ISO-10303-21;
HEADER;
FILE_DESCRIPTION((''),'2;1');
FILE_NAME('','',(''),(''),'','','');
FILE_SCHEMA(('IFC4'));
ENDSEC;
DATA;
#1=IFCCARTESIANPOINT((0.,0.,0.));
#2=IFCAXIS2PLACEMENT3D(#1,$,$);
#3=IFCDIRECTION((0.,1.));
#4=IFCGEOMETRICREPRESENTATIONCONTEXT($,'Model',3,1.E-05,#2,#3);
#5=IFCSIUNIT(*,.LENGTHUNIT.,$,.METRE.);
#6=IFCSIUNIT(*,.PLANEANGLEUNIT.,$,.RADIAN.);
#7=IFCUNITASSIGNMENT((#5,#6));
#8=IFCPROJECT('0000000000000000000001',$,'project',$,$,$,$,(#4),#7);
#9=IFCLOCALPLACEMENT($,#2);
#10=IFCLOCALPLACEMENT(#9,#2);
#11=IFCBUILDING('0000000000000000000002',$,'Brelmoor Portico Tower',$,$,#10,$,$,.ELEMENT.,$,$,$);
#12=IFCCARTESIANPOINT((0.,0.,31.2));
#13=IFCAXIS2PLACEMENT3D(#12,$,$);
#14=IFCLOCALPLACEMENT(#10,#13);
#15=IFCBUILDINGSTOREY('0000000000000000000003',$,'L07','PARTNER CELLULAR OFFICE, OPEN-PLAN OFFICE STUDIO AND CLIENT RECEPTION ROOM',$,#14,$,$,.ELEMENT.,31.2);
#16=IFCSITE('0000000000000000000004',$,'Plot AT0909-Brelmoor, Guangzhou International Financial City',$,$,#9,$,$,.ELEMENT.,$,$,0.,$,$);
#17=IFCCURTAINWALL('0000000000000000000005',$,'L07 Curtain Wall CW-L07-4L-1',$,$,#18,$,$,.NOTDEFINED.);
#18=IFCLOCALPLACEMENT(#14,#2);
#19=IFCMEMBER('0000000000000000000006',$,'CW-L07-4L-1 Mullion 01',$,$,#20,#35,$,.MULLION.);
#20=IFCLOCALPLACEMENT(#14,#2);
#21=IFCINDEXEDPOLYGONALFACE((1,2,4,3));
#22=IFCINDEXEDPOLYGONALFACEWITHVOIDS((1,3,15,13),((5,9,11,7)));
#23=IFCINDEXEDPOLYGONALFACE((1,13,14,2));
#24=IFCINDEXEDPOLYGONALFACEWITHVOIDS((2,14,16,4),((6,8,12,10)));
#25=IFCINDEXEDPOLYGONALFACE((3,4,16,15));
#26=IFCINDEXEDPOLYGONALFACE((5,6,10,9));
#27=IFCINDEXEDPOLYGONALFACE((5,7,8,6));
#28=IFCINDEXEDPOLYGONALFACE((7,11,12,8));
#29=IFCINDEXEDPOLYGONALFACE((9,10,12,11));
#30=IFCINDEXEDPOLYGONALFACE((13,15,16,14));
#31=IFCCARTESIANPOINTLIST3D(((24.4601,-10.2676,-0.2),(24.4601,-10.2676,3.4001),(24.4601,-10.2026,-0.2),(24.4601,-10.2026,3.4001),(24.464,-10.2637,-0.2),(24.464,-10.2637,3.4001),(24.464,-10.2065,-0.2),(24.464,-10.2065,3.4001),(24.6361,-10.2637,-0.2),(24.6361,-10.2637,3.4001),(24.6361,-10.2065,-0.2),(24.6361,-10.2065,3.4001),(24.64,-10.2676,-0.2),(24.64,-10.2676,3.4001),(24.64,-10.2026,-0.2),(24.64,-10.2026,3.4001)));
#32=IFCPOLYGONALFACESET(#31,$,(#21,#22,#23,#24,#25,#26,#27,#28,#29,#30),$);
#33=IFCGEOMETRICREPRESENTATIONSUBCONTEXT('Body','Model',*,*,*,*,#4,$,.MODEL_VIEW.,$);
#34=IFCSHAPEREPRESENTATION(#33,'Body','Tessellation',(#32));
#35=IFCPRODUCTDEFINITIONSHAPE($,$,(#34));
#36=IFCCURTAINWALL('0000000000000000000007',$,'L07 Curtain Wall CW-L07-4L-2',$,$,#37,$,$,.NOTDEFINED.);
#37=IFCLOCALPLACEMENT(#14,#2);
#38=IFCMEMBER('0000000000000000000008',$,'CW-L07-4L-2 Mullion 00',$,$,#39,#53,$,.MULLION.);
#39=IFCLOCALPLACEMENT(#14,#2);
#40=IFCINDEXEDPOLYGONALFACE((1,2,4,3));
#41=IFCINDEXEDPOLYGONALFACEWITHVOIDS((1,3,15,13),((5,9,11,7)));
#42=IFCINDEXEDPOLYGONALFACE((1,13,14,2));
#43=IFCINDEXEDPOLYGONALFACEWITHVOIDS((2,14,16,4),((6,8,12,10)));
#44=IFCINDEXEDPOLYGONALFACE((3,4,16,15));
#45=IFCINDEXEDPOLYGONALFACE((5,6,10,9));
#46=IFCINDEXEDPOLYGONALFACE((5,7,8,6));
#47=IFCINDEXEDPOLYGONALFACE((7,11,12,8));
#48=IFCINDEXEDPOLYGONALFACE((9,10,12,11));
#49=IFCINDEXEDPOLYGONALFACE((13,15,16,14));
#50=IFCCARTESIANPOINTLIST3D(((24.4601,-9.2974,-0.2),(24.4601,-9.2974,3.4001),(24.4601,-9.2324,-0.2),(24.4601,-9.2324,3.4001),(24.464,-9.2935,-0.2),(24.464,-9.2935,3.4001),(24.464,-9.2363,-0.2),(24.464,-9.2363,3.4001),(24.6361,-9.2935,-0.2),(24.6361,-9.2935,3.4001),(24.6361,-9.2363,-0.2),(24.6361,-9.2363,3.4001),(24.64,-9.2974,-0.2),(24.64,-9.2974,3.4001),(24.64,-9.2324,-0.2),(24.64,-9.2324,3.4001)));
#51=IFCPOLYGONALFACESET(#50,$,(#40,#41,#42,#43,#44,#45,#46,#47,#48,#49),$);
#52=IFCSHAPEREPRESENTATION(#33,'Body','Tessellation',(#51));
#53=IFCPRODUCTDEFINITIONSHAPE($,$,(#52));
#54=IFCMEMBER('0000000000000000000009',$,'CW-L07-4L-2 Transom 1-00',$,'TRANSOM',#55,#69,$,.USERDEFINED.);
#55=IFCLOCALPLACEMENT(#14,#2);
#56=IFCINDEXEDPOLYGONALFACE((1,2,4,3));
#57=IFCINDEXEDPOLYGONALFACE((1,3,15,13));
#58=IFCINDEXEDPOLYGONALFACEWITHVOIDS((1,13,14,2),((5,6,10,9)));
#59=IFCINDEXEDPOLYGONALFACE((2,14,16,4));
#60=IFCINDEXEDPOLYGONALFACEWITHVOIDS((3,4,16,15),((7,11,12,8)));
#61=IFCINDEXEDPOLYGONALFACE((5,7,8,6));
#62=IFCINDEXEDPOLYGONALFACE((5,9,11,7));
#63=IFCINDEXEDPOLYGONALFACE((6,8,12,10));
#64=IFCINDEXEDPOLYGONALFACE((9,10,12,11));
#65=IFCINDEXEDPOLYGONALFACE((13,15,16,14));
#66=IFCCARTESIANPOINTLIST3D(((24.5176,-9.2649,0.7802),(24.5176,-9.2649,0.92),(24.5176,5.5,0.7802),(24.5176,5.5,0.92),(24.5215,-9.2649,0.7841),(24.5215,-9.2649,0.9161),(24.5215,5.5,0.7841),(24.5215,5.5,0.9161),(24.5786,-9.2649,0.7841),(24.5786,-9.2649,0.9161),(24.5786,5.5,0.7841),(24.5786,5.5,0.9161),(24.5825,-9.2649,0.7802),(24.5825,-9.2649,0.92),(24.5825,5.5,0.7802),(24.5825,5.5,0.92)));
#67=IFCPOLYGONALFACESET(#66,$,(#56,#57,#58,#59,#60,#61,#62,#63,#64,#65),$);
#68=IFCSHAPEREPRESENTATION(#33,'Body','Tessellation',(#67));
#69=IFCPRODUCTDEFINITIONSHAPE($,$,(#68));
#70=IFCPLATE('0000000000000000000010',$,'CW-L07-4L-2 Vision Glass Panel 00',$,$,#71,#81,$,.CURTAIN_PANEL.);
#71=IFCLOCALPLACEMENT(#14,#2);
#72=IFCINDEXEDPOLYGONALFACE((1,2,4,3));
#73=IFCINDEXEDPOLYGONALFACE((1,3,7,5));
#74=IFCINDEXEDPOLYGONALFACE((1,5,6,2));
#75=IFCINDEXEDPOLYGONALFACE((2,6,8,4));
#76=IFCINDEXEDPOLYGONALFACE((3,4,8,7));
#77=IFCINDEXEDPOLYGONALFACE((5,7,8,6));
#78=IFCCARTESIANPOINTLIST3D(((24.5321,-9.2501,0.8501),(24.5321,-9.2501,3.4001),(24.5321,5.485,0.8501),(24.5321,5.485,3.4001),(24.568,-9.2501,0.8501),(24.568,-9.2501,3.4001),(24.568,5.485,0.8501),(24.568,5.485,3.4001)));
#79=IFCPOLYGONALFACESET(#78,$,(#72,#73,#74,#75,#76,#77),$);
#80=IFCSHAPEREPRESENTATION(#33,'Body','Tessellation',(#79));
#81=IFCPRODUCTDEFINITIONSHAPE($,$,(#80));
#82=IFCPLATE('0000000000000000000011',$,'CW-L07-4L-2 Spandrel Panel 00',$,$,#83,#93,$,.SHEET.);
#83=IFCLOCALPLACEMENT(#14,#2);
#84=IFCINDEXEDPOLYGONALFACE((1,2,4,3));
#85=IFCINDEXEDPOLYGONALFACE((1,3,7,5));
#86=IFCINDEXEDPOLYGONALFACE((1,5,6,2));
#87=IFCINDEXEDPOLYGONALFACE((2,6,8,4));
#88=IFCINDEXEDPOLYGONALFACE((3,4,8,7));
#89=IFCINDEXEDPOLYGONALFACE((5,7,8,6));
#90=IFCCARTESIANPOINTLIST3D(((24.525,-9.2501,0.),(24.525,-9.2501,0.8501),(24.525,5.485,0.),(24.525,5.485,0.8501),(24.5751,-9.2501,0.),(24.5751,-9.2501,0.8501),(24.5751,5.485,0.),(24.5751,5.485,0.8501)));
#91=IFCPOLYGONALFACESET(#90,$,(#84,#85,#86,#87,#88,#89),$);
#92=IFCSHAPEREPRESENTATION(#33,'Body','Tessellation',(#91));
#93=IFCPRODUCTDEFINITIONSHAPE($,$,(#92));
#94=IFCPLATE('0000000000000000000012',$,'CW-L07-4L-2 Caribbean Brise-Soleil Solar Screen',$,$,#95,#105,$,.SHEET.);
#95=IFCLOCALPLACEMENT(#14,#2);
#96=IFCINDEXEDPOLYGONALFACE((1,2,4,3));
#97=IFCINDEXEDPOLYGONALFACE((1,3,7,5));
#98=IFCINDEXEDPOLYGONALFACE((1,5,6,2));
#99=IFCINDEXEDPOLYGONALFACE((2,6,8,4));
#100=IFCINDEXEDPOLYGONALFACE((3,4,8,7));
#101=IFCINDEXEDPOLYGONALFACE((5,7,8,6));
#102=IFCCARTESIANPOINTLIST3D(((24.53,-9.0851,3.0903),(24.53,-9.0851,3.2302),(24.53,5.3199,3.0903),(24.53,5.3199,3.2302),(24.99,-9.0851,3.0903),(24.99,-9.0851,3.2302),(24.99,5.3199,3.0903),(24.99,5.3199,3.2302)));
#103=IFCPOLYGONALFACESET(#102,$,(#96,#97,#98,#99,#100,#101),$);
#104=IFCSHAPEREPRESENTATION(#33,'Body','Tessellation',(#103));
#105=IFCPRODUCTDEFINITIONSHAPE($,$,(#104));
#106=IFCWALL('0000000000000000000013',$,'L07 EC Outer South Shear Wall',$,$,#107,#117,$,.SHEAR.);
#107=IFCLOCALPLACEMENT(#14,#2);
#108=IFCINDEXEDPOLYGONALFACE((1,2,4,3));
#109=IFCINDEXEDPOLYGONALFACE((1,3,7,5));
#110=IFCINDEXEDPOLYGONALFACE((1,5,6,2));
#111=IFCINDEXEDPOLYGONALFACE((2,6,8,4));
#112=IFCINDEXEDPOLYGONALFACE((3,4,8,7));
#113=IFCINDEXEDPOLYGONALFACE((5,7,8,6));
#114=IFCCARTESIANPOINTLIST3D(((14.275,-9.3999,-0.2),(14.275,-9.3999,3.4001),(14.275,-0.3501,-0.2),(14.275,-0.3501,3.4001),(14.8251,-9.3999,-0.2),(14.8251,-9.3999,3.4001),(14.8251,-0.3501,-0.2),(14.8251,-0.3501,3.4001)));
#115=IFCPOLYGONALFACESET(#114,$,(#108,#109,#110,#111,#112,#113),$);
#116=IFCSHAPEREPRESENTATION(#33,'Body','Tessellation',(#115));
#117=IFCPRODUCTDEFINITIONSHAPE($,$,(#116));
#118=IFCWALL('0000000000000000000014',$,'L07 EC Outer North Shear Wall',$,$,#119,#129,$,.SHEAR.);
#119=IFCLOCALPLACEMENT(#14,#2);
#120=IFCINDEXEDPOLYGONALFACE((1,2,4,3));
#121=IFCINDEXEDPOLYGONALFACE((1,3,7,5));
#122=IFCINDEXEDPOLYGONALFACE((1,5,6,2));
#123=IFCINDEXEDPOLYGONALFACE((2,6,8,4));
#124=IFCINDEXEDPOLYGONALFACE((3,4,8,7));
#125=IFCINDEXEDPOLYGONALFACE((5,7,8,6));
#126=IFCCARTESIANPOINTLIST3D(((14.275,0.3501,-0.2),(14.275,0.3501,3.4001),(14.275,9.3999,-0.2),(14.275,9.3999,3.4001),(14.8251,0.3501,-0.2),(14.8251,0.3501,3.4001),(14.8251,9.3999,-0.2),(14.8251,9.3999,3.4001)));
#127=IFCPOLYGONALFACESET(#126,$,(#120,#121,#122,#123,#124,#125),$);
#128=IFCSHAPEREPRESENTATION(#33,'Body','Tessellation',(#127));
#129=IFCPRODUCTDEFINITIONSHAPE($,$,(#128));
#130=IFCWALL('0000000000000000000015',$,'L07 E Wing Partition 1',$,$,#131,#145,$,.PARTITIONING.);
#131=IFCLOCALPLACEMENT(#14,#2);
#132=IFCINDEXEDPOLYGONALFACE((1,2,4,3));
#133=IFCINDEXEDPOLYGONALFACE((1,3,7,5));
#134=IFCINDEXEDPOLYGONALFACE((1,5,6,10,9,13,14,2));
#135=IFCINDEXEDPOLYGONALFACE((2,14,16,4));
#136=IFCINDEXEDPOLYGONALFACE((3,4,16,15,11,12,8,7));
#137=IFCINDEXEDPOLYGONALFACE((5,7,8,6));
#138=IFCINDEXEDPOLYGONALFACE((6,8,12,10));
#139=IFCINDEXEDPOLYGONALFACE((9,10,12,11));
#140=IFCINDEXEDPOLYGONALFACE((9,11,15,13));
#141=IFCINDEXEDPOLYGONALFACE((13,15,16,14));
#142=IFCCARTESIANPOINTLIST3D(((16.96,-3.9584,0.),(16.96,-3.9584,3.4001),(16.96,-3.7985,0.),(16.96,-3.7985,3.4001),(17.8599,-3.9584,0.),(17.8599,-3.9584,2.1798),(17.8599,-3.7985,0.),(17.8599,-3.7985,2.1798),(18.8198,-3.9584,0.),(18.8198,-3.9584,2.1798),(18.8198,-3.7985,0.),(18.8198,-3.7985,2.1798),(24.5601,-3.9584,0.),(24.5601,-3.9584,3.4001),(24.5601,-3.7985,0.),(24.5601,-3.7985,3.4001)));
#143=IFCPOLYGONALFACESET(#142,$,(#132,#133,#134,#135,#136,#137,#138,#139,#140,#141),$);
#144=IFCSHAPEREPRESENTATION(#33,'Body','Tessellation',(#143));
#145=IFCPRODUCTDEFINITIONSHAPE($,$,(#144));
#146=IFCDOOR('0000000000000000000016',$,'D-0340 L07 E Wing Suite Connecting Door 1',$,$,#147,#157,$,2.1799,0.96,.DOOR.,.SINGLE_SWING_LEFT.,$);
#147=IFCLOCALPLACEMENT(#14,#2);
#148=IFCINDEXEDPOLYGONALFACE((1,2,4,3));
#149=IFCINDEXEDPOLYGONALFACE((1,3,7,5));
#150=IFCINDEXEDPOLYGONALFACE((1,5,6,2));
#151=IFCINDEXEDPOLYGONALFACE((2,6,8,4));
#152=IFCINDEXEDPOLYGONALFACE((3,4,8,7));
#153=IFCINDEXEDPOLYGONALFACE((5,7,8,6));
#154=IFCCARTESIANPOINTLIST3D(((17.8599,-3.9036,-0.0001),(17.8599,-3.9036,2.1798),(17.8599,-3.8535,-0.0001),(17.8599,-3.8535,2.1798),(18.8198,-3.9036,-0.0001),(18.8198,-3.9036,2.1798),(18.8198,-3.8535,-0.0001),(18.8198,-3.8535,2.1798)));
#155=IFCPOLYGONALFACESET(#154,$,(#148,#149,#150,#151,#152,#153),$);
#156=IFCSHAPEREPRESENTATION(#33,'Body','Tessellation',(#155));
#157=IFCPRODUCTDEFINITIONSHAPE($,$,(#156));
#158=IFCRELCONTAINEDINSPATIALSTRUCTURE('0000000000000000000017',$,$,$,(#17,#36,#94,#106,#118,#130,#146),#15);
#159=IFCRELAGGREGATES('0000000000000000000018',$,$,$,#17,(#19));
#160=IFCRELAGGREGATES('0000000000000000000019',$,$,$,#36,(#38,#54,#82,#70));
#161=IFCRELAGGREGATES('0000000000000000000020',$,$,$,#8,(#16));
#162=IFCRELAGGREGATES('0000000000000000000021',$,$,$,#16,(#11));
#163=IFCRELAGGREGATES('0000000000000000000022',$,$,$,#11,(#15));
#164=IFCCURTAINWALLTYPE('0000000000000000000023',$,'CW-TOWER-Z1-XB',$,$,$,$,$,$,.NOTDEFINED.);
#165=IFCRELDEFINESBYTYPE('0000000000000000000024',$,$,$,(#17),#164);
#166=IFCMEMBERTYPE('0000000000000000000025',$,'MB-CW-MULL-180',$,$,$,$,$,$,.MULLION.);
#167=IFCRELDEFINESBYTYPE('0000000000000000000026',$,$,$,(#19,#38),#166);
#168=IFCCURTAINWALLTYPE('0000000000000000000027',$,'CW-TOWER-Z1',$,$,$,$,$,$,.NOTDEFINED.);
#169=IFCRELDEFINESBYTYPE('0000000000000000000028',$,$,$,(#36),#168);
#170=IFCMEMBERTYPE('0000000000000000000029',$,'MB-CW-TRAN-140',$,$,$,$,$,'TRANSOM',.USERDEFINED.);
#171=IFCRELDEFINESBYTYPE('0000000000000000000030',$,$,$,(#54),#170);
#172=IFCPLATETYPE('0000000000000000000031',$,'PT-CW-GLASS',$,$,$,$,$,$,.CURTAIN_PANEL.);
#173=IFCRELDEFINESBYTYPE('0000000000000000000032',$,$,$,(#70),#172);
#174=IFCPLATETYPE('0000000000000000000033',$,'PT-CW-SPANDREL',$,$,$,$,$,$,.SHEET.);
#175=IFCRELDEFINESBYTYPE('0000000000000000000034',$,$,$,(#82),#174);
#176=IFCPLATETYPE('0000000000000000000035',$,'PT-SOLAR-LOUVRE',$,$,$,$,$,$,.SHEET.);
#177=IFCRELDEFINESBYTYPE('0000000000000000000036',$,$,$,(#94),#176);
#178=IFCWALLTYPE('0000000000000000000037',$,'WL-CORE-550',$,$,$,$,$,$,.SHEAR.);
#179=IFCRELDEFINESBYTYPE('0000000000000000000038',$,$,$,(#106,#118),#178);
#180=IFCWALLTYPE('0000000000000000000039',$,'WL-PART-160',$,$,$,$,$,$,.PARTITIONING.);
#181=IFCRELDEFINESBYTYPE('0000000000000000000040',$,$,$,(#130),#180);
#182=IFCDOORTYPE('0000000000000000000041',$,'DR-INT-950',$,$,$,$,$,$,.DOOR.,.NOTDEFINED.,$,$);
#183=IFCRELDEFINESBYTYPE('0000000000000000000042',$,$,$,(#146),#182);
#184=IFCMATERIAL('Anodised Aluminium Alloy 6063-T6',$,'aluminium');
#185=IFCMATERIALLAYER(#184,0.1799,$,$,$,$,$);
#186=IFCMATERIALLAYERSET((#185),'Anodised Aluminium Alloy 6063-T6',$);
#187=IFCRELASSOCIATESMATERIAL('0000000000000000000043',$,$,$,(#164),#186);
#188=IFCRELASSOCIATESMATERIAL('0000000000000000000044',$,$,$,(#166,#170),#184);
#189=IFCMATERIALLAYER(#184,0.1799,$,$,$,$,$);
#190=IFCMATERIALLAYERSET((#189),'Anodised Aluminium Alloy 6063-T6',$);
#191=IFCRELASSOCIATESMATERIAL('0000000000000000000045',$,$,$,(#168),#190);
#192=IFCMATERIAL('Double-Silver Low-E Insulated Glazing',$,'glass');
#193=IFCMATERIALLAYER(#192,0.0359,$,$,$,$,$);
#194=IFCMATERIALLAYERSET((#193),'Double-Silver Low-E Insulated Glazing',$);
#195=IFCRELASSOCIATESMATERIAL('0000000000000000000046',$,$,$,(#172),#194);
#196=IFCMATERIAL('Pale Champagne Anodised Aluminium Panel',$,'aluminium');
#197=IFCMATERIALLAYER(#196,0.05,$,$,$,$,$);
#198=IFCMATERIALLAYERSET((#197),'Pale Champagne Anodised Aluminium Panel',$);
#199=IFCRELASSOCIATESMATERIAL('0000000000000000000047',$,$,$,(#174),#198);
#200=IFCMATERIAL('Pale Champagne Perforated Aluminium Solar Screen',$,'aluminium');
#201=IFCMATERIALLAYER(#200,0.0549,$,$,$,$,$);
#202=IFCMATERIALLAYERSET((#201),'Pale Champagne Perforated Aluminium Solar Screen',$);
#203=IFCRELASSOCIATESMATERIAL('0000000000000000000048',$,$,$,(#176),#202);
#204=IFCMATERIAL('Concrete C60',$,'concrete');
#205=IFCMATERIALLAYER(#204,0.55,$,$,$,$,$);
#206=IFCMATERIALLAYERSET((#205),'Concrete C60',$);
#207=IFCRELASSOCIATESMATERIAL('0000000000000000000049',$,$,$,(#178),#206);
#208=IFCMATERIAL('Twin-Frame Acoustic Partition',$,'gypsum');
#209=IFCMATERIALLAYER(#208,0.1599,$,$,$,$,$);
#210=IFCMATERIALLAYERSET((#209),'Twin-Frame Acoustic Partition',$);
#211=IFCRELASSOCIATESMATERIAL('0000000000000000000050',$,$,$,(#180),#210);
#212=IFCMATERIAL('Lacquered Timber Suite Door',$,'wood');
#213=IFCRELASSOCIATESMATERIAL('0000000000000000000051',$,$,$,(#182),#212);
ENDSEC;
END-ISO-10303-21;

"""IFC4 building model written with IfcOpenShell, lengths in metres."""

from ifc_helpers import new_model, si_unit, direction, frame, frame_2d, origin, origin_2d, place, context, subcontext, project, spatial, rectangle, hollow_rectangle, extrude, material, layer, layer_set, material_profile, profile_set, type_object, element, fill, aggregate, save


model = new_model("IFC4")

# Units and contexts
model_context = context("Model", 3, precision=1e-05, world=origin(), true_north=direction((0.0, 1.0)))
body_context = subcontext(model_context, "Body", "Model", "MODEL_VIEW")
ifc_project = project(units=[si_unit("LENGTHUNIT", "METRE"), si_unit("PLANEANGLEUNIT", "RADIAN")], contexts=[model_context])

# Site, building, storey
site_placement = place(None, origin())
site = spatial("IfcSite", under=ifc_project, at=site_placement, Name="Plot AT0909-Brelmoor, Guangzhou International Financial City", CompositionType="ELEMENT", RefElevation=0.0)
building_placement = place(site_placement, origin())
building = spatial("IfcBuilding", under=site, at=building_placement, Name="Brelmoor Portico Tower", CompositionType="ELEMENT")
storey_placement = place(building_placement, frame((0.0, 0.0, 31.2)))
storey = spatial("IfcBuildingStorey", under=building, at=storey_placement, Name="L07", Description="PARTNER CELLULAR OFFICE, OPEN-PLAN OFFICE STUDIO AND CLIENT RECEPTION ROOM", CompositionType="ELEMENT", Elevation=31.2)

# Curtain wall, member
ifc_material_1 = material(Name="Anodised Aluminium Alloy 6063-T6", Category="aluminium")
ifc_layer_1 = layer(ifc_material_1, 0.1799)
ifc_layer_set_1 = layer_set([ifc_layer_1], Name="Anodised Aluminium Alloy 6063-T6")
curtain_wall_type_1 = type_object("IfcCurtainWallType", Name="CW-TOWER-Z1-XB", PredefinedType="NOTDEFINED", material=ifc_layer_set_1)
curtain_wall_1_placement = place(storey_placement, origin())
curtain_wall_1 = element("IfcCurtainWall", 1, at=curtain_wall_1_placement, inside=storey, type_object=curtain_wall_type_1, Name="L07 Curtain Wall CW-L07-4L-1", PredefinedType="NOTDEFINED")
ifc_material_profile_1 = material_profile(ifc_material_1, hollow_rectangle(XDim=0.0649, YDim=0.1799, WallThickness=0.0039, at=origin_2d()), Name="ALU MULLION 65x180")
ifc_profile_set_1 = profile_set([ifc_material_profile_1], Name="Anodised Aluminium Alloy 6063-T6")
member_type_1 = type_object("IfcMemberType", Name="MB-CW-MULL-180", PredefinedType="MULLION", material=ifc_profile_set_1)
member_1_placement = place(storey_placement, frame((24.55, -10.2351, -0.2), z_axis=(0.0, 0.0, 1.0), x_axis=(0.0, 1.0, 0.0)))
member_1 = element("IfcMember", 2, at=member_1_placement, type_object=member_type_1, Name="CW-L07-4L-1 Mullion 01", PredefinedType="MULLION", context=body_context, shape_type="SweptSolid", body=[
    extrude(hollow_rectangle(XDim=0.0649, YDim=0.1799, WallThickness=0.0039, at=origin_2d()), origin(), (0.0, 0.0, 1.0), 3.6001),
])
aggregate(curtain_wall_1, [member_1])

# Curtain wall, members, plates
ifc_layer_2 = layer(ifc_material_1, 0.1799)
ifc_layer_set_2 = layer_set([ifc_layer_2], Name="Anodised Aluminium Alloy 6063-T6")
curtain_wall_type_2 = type_object("IfcCurtainWallType", Name="CW-TOWER-Z1", PredefinedType="NOTDEFINED", material=ifc_layer_set_2)
curtain_wall_2_placement = place(storey_placement, origin())
curtain_wall_2 = element("IfcCurtainWall", 3, at=curtain_wall_2_placement, inside=storey, type_object=curtain_wall_type_2, Name="L07 Curtain Wall CW-L07-4L-2", PredefinedType="NOTDEFINED")
member_2_placement = place(storey_placement, frame((24.55, -9.2649, -0.2), z_axis=(0.0, 0.0, 1.0), x_axis=(0.0, 1.0, 0.0)))
member_2 = element("IfcMember", 4, at=member_2_placement, type_object=member_type_1, Name="CW-L07-4L-2 Mullion 00", PredefinedType="MULLION", context=body_context, shape_type="SweptSolid", body=[
    extrude(hollow_rectangle(XDim=0.0649, YDim=0.1799, WallThickness=0.0039, at=origin_2d()), origin(), (0.0, 0.0, 1.0), 3.6001),
])
ifc_material_profile_2 = material_profile(ifc_material_1, hollow_rectangle(XDim=0.0649, YDim=0.1399, WallThickness=0.0039, at=origin_2d()), Name="ALU TRANSOM 65x140")
ifc_profile_set_2 = profile_set([ifc_material_profile_2], Name="Anodised Aluminium Alloy 6063-T6")
member_type_2 = type_object("IfcMemberType", Name="MB-CW-TRAN-140", ElementType="TRANSOM", PredefinedType="USERDEFINED", material=ifc_profile_set_2)
member_3_placement = place(storey_placement, frame((24.55, -9.2649, 0.8501), z_axis=(0.0, 1.0, 0.0), x_axis=(-1.0, 0.0, 0.0)))
member_3 = element("IfcMember", 5, at=member_3_placement, type_object=member_type_2, Name="CW-L07-4L-2 Transom 1-00", ObjectType="TRANSOM", PredefinedType="USERDEFINED", context=body_context, shape_type="SweptSolid", body=[
    extrude(hollow_rectangle(XDim=0.0649, YDim=0.1399, WallThickness=0.0039, at=origin_2d()), origin(), (0.0, 0.0, 1.0), 14.7649),
])
ifc_material_2 = material(Name="Double-Silver Low-E Insulated Glazing", Category="glass")
ifc_layer_3 = layer(ifc_material_2, 0.0359)
ifc_layer_set_3 = layer_set([ifc_layer_3], Name="Double-Silver Low-E Insulated Glazing")
plate_type_1 = type_object("IfcPlateType", Name="PT-CW-GLASS", PredefinedType="CURTAIN_PANEL", material=ifc_layer_set_3)
plate_1_placement = place(storey_placement, frame((24.55, -1.8826, 0.8501), z_axis=(0.0, 0.0, 1.0), x_axis=(0.0, 1.0, 0.0)))
plate_1 = element("IfcPlate", 6, at=plate_1_placement, type_object=plate_type_1, Name="CW-L07-4L-2 Vision Glass Panel 00", PredefinedType="CURTAIN_PANEL", context=body_context, shape_type="SweptSolid", body=[
    extrude(rectangle(XDim=14.7351, YDim=0.0359, at=origin_2d()), origin(), (0.0, 0.0, 1.0), 2.55),
])
ifc_material_3 = material(Name="Pale Champagne Anodised Aluminium Panel", Category="aluminium")
ifc_layer_4 = layer(ifc_material_3, 0.05)
ifc_layer_set_4 = layer_set([ifc_layer_4], Name="Pale Champagne Anodised Aluminium Panel")
plate_type_2 = type_object("IfcPlateType", Name="PT-CW-SPANDREL", PredefinedType="SHEET", material=ifc_layer_set_4)
plate_2_placement = place(storey_placement, frame((24.55, -1.8826, 0.0), z_axis=(0.0, 0.0, 1.0), x_axis=(0.0, 1.0, 0.0)))
plate_2 = element("IfcPlate", 7, at=plate_2_placement, type_object=plate_type_2, Name="CW-L07-4L-2 Spandrel Panel 00", PredefinedType="SHEET", context=body_context, shape_type="SweptSolid", body=[
    extrude(rectangle(XDim=14.7351, YDim=0.05, at=origin_2d()), origin(), (0.0, 0.0, 1.0), 0.8501),
])
aggregate(curtain_wall_2, [member_2, member_3, plate_2, plate_1])

# Plate
ifc_material_4 = material(Name="Pale Champagne Perforated Aluminium Solar Screen", Category="aluminium")
ifc_layer_5 = layer(ifc_material_4, 0.0549)
ifc_layer_set_5 = layer_set([ifc_layer_5], Name="Pale Champagne Perforated Aluminium Solar Screen")
plate_type_3 = type_object("IfcPlateType", Name="PT-SOLAR-LOUVRE", PredefinedType="SHEET", material=ifc_layer_set_5)
plate_3_placement = place(storey_placement, frame((24.76, -1.8826, 3.0903), z_axis=(0.0, 0.0, 1.0), x_axis=(0.0, 1.0, 0.0)))
element("IfcPlate", 8, at=plate_3_placement, inside=storey, type_object=plate_type_3, Name="CW-L07-4L-2 Caribbean Brise-Soleil Solar Screen", PredefinedType="SHEET", context=body_context, shape_type="SweptSolid", body=[
    extrude(rectangle(XDim=14.405, YDim=0.46, at=origin_2d()), origin(), (0.0, 0.0, 1.0), 0.1399),
])

# Walls
ifc_material_5 = material(Name="Concrete C60", Category="concrete")
ifc_layer_6 = layer(ifc_material_5, 0.55)
ifc_layer_set_6 = layer_set([ifc_layer_6], Name="Concrete C60")
wall_type_1 = type_object("IfcWallType", Name="WL-CORE-550", PredefinedType="SHEAR", material=ifc_layer_set_6)
for number, where, z_axis, x_axis, name in (
    (9, (14.55, -9.3999, -0.2), (0.0, 0.0, 1.0), (0.0, 1.0, 0.0), "L07 EC Outer South Shear Wall"),
    (10, (14.55, 0.3501, -0.2), (0.0, 0.0, 1.0), (0.0, 1.0, 0.0), "L07 EC Outer North Shear Wall"),
):
    element("IfcWall", number, at=place(storey_placement, frame(where, z_axis=z_axis, x_axis=x_axis)), inside=storey, type_object=wall_type_1, Name=name, PredefinedType="SHEAR", context=body_context, shape_type="SweptSolid", body=[
        extrude(rectangle(XDim=9.0498, YDim=0.55, at=frame_2d((4.5249, 0.0))), origin(), (0.0, 0.0, 1.0), 3.6001),
    ])

# Wall, opening, door
ifc_material_6 = material(Name="Twin-Frame Acoustic Partition", Category="gypsum")
ifc_layer_7 = layer(ifc_material_6, 0.1599)
ifc_layer_set_7 = layer_set([ifc_layer_7], Name="Twin-Frame Acoustic Partition")
wall_type_2 = type_object("IfcWallType", Name="WL-PART-160", PredefinedType="PARTITIONING", material=ifc_layer_set_7)
wall_1_placement = place(storey_placement, frame((16.96, -3.8784, 0.0), z_axis=(0.0, 0.0, 1.0), x_axis=(1.0, 0.0, 0.0)))
wall_1 = element("IfcWall", 11, at=wall_1_placement, inside=storey, type_object=wall_type_2, Name="L07 E Wing Partition 1", PredefinedType="PARTITIONING", context=body_context, shape_type="SweptSolid", body=[
    extrude(rectangle(XDim=7.6001, YDim=0.1599, at=frame_2d((3.8, 0.0))), origin(), (0.0, 0.0, 1.0), 3.4001),
])
opening_1_placement = place(wall_1_placement, frame((0.8999, 0.0, 0.0)))
opening_1 = element("IfcOpeningElement", 12, at=opening_1_placement, cuts=wall_1, PredefinedType="OPENING", context=body_context, shape_type="SweptSolid", body=[
    extrude(rectangle(XDim=0.96, YDim=2.1799, at=frame_2d((0.48, 1.0898))), frame((0.0, 0.0898, 0.0), z_axis=(0.0, -1.0, 0.0), x_axis=(1.0, 0.0, 0.0)), (0.0, 0.0, 1.0), 0.1799),
])
ifc_material_7 = material(Name="Lacquered Timber Suite Door", Category="wood")
door_type_1 = type_object("IfcDoorType", Name="DR-INT-950", OperationType="NOTDEFINED", PredefinedType="DOOR", material=ifc_material_7)
door_1_placement = place(opening_1_placement, origin())
door_1 = element("IfcDoor", 13, at=door_1_placement, inside=storey, type_object=door_type_1, Name="D-0340 L07 E Wing Suite Connecting Door 1", OperationType="SINGLE_SWING_LEFT", OverallHeight=2.1799, OverallWidth=0.96, PredefinedType="DOOR", context=body_context, shape_type="SweptSolid", body=[
    extrude(rectangle(XDim=0.96, YDim=2.1799, at=frame_2d((0.48, 1.0898))), frame((0.0, 0.0249, 0.0), z_axis=(0.0, -1.0, 0.0), x_axis=(1.0, 0.0, 0.0)), (0.0, 0.0, 1.0), 0.05),
])
fill(opening_1, door_1)

save(model, "model.ifc")
